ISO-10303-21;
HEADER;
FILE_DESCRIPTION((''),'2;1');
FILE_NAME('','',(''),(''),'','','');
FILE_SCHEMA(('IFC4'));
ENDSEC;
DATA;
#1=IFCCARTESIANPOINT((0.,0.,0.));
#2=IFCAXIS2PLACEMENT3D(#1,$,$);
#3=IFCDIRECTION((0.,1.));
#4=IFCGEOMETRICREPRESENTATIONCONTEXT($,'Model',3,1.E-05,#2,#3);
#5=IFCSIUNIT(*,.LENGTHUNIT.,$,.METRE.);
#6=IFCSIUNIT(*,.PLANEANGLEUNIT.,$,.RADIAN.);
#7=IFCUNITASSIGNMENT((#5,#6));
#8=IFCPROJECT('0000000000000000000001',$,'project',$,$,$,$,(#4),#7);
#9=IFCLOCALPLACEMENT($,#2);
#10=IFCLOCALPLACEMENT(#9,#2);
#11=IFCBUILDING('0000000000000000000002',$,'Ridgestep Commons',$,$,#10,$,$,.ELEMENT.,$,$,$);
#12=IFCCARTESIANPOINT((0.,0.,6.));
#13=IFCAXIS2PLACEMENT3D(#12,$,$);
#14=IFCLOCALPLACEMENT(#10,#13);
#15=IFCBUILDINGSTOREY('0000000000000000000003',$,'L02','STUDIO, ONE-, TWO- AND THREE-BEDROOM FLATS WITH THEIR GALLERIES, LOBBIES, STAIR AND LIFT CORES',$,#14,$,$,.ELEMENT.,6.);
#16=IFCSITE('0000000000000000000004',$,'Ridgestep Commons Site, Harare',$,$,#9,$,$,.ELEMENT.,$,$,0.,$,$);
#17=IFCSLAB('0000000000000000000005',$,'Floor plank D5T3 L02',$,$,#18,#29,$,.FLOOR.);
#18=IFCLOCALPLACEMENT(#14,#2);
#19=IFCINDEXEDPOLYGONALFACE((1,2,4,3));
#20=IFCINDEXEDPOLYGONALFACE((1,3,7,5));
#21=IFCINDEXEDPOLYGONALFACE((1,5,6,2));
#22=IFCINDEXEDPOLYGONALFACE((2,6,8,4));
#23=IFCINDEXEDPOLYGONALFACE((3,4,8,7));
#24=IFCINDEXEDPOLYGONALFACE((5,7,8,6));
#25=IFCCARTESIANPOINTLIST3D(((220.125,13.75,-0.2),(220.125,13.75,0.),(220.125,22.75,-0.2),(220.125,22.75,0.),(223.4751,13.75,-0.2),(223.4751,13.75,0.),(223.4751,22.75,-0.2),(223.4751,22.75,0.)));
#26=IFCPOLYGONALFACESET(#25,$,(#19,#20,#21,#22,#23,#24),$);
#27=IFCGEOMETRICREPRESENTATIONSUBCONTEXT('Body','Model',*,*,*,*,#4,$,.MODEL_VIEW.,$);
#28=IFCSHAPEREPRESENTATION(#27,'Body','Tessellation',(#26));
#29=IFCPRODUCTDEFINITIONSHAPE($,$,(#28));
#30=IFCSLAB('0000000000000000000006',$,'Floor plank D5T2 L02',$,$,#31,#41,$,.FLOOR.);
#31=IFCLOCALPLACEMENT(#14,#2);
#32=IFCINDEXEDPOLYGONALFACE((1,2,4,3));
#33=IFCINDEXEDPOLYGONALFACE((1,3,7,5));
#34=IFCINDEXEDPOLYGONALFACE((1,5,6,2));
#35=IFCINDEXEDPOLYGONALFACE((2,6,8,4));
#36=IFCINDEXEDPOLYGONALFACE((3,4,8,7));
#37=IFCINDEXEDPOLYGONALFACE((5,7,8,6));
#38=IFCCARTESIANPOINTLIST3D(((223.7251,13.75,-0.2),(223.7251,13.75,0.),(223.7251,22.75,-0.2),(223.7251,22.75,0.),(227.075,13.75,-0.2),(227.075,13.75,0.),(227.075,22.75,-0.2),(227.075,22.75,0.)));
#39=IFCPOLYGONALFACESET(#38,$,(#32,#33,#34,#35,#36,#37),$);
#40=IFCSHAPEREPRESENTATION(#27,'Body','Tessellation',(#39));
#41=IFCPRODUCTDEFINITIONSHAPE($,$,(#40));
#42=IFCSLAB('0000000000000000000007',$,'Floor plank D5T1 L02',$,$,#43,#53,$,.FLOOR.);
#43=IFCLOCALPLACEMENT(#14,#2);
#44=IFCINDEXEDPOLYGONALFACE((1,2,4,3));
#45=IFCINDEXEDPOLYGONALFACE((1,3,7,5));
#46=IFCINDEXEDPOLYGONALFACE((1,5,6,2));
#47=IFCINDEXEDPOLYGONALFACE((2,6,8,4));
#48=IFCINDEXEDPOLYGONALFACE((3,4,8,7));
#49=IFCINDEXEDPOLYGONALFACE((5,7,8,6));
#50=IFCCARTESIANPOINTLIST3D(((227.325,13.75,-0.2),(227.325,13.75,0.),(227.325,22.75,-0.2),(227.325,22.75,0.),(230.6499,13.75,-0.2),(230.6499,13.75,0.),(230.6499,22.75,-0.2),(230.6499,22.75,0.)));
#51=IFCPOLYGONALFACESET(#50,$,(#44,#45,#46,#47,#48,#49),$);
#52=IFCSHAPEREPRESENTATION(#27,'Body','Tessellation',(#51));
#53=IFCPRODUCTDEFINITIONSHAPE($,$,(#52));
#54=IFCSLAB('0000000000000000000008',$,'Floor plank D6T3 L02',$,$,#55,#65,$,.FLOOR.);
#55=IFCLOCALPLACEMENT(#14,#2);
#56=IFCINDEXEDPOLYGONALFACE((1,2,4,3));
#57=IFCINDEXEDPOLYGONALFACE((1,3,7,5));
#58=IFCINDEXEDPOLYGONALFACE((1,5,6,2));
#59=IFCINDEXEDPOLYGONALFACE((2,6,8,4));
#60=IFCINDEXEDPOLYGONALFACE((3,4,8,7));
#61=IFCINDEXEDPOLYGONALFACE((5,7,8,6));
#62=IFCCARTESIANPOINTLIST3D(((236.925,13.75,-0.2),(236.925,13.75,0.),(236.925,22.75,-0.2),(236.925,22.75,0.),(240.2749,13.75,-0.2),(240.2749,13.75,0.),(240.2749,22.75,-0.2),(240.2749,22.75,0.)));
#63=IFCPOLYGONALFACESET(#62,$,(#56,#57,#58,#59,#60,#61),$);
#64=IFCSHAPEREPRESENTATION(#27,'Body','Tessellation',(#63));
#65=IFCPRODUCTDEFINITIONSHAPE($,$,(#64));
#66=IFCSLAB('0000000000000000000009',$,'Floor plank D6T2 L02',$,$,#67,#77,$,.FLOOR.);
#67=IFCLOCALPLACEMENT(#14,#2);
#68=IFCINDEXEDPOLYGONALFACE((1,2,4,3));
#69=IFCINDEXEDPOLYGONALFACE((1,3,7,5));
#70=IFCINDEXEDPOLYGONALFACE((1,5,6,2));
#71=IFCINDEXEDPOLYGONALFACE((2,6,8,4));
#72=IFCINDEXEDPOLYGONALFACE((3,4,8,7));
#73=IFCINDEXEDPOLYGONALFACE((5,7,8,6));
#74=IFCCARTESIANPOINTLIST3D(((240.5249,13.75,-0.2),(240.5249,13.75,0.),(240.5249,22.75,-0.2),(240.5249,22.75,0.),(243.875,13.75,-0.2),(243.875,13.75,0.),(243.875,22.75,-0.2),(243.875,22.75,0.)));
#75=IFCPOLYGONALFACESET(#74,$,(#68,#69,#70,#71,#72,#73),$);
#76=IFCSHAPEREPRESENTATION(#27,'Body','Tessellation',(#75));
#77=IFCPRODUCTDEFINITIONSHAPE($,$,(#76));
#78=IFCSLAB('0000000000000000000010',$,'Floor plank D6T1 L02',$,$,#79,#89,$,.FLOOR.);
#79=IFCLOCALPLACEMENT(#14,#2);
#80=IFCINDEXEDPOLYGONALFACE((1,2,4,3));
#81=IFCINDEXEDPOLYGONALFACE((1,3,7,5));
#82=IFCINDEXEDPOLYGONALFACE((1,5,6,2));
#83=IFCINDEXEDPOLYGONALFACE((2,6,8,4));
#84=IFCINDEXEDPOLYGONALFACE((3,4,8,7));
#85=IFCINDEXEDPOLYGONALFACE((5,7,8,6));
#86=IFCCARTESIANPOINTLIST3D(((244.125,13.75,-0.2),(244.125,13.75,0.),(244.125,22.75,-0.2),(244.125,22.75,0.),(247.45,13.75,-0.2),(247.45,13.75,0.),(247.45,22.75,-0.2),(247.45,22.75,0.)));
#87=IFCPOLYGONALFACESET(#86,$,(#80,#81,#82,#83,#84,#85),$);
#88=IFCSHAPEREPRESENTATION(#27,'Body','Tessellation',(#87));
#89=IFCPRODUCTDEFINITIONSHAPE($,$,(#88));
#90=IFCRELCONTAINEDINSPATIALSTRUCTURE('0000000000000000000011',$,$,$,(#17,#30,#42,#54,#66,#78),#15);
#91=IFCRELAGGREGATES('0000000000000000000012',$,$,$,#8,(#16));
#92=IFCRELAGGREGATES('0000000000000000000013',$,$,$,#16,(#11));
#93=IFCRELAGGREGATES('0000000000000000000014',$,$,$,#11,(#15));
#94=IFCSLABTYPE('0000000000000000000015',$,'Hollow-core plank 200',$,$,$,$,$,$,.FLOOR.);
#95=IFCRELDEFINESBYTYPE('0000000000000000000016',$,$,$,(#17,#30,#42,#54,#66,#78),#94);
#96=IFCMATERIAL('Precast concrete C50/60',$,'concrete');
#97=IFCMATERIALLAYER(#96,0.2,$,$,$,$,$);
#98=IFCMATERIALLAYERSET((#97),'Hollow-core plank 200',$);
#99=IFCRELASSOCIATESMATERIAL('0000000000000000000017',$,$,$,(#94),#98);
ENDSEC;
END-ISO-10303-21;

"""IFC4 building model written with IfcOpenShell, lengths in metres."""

from ifc_helpers import new_model, si_unit, direction, frame, origin, place, context, subcontext, project, spatial, polyline, outline, extrude, material, layer, layer_set, type_object, element, save


model = new_model("IFC4")

# Units and contexts
model_context = context("Model", 3, precision=1e-05, world=origin(), true_north=direction((0.0, 1.0)))
body_context = subcontext(model_context, "Body", "Model", "MODEL_VIEW")
ifc_project = project(units=[si_unit("LENGTHUNIT", "METRE"), si_unit("PLANEANGLEUNIT", "RADIAN")], contexts=[model_context])

# Site, building, storey
site_placement = place(None, origin())
site = spatial("IfcSite", under=ifc_project, at=site_placement, Name="Ridgestep Commons Site, Harare", CompositionType="ELEMENT", RefElevation=0.0)
building_placement = place(site_placement, origin())
building = spatial("IfcBuilding", under=site, at=building_placement, Name="Ridgestep Commons", CompositionType="ELEMENT")
storey_placement = place(building_placement, frame((0.0, 0.0, 6.0)))
storey = spatial("IfcBuildingStorey", under=building, at=storey_placement, Name="L02", Description="STUDIO, ONE-, TWO- AND THREE-BEDROOM FLATS WITH THEIR GALLERIES, LOBBIES, STAIR AND LIFT CORES", CompositionType="ELEMENT", Elevation=6.0)

# Slabs
ifc_material_1 = material(Name="Precast concrete C50/60", Category="concrete")
ifc_layer_1 = layer(ifc_material_1, 0.2)
ifc_layer_set_1 = layer_set([ifc_layer_1], Name="Hollow-core plank 200")
slab_type_1 = type_object("IfcSlabType", Name="Hollow-core plank 200", PredefinedType="FLOOR", material=ifc_layer_set_1)
slab_1_placement = place(storey_placement, frame((0.0, 0.0, -0.2)))
element("IfcSlab", 1, at=slab_1_placement, inside=storey, type_object=slab_type_1, Name="Floor plank D5T3 L02", PredefinedType="FLOOR", context=body_context, shape_type="SweptSolid", body=[
    extrude(outline(polyline([(223.4751, 13.75), (223.4751, 22.75), (220.125, 22.75), (220.125, 13.75), (223.4751, 13.75)])), origin(), (0.0, 0.0, 1.0), 0.2),
])
slab_2_placement = place(storey_placement, frame((0.0, 0.0, -0.2)))
element("IfcSlab", 2, at=slab_2_placement, inside=storey, type_object=slab_type_1, Name="Floor plank D5T2 L02", PredefinedType="FLOOR", context=body_context, shape_type="SweptSolid", body=[
    extrude(outline(polyline([(227.075, 13.75), (227.075, 22.75), (223.7251, 22.75), (223.7251, 13.75), (227.075, 13.75)])), origin(), (0.0, 0.0, 1.0), 0.2),
])
slab_3_placement = place(storey_placement, frame((0.0, 0.0, -0.2)))
element("IfcSlab", 3, at=slab_3_placement, inside=storey, type_object=slab_type_1, Name="Floor plank D5T1 L02", PredefinedType="FLOOR", context=body_context, shape_type="SweptSolid", body=[
    extrude(outline(polyline([(230.6499, 13.75), (230.6499, 22.75), (227.325, 22.75), (227.325, 13.75), (230.6499, 13.75)])), origin(), (0.0, 0.0, 1.0), 0.2),
])
slab_4_placement = place(storey_placement, frame((0.0, 0.0, -0.2)))
element("IfcSlab", 4, at=slab_4_placement, inside=storey, type_object=slab_type_1, Name="Floor plank D6T3 L02", PredefinedType="FLOOR", context=body_context, shape_type="SweptSolid", body=[
    extrude(outline(polyline([(240.2749, 13.75), (240.2749, 22.75), (236.925, 22.75), (236.925, 13.75), (240.2749, 13.75)])), origin(), (0.0, 0.0, 1.0), 0.2),
])
slab_5_placement = place(storey_placement, frame((0.0, 0.0, -0.2)))
element("IfcSlab", 5, at=slab_5_placement, inside=storey, type_object=slab_type_1, Name="Floor plank D6T2 L02", PredefinedType="FLOOR", context=body_context, shape_type="SweptSolid", body=[
    extrude(outline(polyline([(243.875, 13.75), (243.875, 22.75), (240.5249, 22.75), (240.5249, 13.75), (243.875, 13.75)])), origin(), (0.0, 0.0, 1.0), 0.2),
])
slab_6_placement = place(storey_placement, frame((0.0, 0.0, -0.2)))
element("IfcSlab", 6, at=slab_6_placement, inside=storey, type_object=slab_type_1, Name="Floor plank D6T1 L02", PredefinedType="FLOOR", context=body_context, shape_type="SweptSolid", body=[
    extrude(outline(polyline([(247.45, 13.75), (247.45, 22.75), (244.125, 22.75), (244.125, 13.75), (247.45, 13.75)])), origin(), (0.0, 0.0, 1.0), 0.2),
])

save(model, "model.ifc")
